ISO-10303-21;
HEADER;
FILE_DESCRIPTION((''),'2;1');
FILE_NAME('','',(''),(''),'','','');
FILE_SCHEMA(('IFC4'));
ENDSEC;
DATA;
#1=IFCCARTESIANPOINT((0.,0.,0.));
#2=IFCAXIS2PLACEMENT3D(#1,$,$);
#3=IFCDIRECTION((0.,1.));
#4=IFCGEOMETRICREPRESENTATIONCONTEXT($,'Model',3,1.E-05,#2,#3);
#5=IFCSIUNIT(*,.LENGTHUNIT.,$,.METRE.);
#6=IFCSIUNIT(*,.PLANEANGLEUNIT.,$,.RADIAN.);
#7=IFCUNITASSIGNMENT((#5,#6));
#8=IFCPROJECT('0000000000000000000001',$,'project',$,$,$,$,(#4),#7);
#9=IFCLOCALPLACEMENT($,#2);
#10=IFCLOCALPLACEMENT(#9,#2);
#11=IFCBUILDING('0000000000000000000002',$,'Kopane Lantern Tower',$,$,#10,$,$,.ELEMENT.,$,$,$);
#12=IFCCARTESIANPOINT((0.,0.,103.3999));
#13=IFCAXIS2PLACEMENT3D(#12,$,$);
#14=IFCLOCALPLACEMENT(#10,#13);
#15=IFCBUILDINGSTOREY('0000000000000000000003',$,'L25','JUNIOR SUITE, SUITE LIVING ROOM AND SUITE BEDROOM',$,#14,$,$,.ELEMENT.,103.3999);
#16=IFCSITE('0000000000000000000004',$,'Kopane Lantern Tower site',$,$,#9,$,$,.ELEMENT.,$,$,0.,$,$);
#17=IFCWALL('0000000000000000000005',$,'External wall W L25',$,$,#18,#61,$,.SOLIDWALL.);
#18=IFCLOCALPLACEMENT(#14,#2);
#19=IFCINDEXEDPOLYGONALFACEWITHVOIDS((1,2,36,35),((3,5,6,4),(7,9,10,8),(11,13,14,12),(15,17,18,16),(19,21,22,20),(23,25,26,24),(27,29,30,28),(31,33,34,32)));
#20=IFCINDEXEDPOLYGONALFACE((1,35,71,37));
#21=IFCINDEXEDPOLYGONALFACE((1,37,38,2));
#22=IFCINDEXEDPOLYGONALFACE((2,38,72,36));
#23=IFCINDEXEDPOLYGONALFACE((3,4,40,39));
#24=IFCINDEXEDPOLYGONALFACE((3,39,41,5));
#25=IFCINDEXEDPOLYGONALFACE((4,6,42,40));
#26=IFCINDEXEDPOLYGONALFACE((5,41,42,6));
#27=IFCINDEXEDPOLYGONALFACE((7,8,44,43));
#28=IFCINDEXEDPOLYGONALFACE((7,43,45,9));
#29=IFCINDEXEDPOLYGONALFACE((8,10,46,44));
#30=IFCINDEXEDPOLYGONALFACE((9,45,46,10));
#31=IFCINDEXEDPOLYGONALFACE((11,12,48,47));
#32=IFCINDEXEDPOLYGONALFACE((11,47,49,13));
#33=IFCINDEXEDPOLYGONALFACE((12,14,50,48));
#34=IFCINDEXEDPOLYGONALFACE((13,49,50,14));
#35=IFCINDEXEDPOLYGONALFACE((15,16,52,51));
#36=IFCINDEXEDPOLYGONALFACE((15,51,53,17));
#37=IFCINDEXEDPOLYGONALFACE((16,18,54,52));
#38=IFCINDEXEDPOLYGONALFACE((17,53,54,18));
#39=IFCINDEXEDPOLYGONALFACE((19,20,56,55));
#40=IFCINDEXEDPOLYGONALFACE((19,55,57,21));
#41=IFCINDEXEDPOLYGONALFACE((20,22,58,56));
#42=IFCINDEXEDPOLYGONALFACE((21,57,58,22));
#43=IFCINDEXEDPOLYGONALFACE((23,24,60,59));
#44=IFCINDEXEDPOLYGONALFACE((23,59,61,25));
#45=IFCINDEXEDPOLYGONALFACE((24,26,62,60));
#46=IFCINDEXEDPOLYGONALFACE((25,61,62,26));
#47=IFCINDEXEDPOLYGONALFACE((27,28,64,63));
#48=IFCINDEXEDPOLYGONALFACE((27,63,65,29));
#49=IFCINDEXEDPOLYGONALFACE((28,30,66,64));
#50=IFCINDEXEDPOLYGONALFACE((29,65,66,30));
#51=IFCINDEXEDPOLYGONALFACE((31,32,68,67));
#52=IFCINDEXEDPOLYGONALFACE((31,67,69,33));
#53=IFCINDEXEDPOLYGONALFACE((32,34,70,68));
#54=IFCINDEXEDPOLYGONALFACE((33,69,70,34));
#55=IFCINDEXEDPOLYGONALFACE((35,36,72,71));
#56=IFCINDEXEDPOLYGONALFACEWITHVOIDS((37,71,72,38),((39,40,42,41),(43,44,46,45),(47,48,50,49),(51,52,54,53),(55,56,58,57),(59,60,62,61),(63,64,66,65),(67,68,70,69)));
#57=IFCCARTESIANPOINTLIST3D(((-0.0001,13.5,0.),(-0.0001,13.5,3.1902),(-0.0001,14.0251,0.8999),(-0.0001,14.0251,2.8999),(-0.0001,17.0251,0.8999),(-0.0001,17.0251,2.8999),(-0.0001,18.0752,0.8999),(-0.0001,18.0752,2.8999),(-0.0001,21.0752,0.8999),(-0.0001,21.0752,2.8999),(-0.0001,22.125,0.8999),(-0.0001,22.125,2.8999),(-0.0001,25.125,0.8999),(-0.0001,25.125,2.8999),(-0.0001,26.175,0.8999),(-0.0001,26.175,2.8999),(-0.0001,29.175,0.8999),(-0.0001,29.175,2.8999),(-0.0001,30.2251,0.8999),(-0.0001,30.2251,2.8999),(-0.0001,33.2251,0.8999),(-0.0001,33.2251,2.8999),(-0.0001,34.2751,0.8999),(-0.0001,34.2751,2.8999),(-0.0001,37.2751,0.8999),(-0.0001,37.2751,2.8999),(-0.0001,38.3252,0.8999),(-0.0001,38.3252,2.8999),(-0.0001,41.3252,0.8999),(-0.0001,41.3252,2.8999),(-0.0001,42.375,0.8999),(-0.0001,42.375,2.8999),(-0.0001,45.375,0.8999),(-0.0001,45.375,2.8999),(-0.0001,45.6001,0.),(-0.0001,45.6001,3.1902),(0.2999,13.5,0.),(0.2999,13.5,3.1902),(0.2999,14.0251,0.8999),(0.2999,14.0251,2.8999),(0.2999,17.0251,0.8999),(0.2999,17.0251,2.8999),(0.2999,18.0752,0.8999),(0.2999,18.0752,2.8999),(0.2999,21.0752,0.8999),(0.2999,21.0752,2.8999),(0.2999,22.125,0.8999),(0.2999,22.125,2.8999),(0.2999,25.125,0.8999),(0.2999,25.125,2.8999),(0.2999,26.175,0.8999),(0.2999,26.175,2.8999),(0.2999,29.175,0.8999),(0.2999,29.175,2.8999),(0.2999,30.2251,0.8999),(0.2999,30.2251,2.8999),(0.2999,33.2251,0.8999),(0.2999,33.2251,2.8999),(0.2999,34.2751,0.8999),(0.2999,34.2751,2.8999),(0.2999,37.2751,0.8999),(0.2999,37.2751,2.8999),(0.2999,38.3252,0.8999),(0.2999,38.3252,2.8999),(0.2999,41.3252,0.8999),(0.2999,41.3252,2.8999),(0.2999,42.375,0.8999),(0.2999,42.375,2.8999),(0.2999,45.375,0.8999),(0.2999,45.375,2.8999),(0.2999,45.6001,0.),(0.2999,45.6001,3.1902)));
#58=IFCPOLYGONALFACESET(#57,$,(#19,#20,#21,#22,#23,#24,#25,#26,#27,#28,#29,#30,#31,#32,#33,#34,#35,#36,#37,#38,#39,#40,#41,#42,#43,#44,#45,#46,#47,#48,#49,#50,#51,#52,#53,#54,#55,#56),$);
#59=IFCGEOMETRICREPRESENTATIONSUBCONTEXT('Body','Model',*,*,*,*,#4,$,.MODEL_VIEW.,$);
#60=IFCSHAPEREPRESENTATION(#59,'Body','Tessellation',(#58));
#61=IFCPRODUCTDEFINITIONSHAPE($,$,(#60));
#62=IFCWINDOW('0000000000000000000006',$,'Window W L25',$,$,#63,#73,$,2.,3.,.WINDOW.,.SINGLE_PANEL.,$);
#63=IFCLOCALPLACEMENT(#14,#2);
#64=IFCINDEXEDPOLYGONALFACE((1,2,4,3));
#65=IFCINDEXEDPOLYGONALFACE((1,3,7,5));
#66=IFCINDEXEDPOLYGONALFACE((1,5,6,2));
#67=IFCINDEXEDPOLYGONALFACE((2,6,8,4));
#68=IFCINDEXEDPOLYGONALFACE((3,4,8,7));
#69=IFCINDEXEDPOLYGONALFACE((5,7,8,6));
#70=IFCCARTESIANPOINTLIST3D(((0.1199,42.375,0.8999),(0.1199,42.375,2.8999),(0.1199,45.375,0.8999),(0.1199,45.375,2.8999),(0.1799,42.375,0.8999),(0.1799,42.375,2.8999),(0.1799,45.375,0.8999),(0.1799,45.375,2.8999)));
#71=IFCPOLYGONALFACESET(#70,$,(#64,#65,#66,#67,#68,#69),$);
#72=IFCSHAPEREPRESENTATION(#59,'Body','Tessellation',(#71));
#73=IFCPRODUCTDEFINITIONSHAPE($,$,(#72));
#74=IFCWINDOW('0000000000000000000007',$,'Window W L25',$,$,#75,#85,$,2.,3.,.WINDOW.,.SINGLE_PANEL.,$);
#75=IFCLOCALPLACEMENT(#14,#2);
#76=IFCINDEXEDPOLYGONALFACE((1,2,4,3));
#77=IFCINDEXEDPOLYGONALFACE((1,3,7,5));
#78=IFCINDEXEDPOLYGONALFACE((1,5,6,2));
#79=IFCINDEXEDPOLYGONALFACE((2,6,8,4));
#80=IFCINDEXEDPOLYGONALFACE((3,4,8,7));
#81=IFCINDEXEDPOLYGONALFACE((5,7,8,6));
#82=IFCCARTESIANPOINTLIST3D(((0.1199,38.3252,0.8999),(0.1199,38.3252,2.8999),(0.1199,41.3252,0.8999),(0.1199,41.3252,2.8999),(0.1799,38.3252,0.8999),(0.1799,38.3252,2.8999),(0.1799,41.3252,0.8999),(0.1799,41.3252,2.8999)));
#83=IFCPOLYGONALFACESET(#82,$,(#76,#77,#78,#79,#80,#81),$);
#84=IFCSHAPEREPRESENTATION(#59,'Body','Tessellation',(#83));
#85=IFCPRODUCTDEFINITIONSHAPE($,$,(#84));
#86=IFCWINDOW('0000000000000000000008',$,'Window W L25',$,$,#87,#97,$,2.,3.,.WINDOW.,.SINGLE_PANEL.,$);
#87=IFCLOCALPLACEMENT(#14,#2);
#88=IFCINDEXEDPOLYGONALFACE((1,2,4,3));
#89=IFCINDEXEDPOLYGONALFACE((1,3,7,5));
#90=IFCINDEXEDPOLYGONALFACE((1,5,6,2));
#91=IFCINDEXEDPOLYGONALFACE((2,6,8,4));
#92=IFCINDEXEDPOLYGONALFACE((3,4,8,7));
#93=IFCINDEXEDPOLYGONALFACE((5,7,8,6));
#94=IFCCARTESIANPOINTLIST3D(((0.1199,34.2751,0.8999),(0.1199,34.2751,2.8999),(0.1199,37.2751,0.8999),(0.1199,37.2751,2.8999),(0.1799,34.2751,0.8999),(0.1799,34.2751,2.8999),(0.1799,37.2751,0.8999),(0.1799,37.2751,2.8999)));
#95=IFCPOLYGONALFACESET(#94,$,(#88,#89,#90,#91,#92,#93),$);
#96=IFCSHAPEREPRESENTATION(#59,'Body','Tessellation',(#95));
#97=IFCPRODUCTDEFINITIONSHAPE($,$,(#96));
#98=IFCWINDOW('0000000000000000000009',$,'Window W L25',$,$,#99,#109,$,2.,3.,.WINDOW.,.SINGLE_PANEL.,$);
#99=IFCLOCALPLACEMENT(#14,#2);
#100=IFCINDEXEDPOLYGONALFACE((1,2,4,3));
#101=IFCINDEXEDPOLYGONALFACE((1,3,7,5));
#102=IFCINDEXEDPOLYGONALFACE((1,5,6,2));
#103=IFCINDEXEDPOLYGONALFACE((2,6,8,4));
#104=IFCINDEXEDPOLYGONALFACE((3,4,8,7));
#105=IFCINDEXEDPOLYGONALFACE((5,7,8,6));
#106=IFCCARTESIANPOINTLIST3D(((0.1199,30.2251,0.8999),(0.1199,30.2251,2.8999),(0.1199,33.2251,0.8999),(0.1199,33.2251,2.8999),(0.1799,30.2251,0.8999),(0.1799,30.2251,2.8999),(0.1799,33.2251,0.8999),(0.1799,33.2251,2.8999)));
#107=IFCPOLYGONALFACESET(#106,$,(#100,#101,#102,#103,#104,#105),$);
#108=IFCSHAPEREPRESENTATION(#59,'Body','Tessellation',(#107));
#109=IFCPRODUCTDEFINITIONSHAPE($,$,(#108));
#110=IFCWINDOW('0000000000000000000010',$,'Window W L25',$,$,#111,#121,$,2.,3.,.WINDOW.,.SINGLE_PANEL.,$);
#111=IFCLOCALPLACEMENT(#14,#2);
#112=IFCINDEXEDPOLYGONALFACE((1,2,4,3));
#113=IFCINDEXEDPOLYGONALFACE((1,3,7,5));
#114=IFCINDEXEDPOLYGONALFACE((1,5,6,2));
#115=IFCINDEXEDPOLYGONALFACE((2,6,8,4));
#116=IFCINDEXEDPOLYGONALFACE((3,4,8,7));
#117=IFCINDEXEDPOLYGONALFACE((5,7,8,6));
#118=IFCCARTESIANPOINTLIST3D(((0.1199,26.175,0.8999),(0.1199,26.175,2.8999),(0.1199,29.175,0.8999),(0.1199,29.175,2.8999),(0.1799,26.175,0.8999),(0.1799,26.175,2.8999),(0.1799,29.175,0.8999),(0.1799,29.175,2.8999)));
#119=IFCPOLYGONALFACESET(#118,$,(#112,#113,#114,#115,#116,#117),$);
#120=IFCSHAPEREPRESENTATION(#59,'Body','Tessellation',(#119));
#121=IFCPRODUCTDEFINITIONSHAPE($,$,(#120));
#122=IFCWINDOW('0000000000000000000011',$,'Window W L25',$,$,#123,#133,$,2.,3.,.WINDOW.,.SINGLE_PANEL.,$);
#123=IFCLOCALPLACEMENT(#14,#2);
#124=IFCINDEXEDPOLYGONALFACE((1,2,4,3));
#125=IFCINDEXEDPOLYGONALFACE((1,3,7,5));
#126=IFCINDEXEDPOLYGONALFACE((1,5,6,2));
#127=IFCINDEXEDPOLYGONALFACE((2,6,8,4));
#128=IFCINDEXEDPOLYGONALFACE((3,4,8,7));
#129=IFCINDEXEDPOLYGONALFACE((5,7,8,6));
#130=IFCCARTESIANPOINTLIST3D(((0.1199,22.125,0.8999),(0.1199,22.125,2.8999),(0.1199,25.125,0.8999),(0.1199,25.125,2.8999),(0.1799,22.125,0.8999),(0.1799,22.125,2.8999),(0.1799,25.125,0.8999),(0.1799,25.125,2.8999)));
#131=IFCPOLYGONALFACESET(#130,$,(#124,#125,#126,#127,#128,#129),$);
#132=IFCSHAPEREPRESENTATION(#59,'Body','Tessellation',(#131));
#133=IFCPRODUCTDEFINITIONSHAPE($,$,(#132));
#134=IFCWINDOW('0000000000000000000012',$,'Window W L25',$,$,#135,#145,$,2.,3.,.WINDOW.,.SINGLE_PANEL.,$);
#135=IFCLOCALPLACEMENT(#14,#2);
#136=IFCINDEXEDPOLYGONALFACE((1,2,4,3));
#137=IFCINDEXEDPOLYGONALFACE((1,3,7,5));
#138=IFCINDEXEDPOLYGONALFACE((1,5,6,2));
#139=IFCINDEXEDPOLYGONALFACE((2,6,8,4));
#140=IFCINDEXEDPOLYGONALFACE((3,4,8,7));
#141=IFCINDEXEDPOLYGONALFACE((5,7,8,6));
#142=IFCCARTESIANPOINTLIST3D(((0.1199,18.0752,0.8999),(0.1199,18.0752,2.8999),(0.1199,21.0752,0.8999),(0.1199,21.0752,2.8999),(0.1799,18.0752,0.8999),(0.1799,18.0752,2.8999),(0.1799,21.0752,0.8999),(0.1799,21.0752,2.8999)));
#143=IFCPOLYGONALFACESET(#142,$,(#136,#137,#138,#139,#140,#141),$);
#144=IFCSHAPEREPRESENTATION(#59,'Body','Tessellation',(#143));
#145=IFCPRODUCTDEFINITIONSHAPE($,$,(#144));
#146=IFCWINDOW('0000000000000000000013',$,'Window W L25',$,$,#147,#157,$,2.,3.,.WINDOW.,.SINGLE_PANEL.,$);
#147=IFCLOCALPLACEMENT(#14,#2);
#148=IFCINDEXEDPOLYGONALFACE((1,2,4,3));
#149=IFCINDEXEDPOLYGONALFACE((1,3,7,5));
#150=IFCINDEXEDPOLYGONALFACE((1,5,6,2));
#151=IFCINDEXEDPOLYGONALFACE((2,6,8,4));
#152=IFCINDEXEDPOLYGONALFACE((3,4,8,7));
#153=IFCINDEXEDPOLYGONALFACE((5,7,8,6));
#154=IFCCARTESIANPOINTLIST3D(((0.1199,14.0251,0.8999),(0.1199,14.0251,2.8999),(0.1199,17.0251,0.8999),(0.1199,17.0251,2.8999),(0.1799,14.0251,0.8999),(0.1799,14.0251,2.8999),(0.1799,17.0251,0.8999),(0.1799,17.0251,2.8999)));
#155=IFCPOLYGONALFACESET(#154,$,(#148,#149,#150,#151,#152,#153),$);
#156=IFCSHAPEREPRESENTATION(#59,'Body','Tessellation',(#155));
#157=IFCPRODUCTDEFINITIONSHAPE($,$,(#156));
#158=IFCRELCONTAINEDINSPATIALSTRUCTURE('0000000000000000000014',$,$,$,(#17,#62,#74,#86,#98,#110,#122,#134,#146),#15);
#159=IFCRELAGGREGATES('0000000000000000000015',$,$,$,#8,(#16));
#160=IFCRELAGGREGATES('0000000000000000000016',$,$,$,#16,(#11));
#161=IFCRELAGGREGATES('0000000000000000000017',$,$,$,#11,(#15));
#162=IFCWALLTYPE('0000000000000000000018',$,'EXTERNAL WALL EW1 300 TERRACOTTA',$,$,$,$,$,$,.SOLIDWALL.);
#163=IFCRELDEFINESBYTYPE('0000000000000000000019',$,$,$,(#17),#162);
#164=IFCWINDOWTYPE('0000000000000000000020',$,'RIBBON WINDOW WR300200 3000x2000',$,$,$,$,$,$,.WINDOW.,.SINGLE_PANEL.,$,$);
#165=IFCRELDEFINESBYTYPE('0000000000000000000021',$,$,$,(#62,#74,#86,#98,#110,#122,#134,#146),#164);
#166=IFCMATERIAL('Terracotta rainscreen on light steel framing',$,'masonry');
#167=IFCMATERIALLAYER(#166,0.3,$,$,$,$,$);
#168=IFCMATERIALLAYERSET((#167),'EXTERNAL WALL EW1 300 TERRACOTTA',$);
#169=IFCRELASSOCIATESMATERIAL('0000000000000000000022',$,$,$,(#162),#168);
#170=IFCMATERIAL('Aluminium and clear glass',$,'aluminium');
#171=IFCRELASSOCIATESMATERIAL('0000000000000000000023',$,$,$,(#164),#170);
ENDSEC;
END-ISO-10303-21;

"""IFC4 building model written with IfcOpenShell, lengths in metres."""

from ifc_helpers import new_model, si_unit, direction, frame, frame_2d, origin, place, context, subcontext, project, spatial, rectangle, extrude, material, layer, layer_set, type_object, element, fill, save


model = new_model("IFC4")

# Units and contexts
model_context = context("Model", 3, precision=1e-05, world=origin(), true_north=direction((0.0, 1.0)))
body_context = subcontext(model_context, "Body", "Model", "MODEL_VIEW")
ifc_project = project(units=[si_unit("LENGTHUNIT", "METRE"), si_unit("PLANEANGLEUNIT", "RADIAN")], contexts=[model_context])

# Site, building, storey
site_placement = place(None, origin())
site = spatial("IfcSite", under=ifc_project, at=site_placement, Name="Kopane Lantern Tower site", CompositionType="ELEMENT", RefElevation=0.0)
building_placement = place(site_placement, origin())
building = spatial("IfcBuilding", under=site, at=building_placement, Name="Kopane Lantern Tower", CompositionType="ELEMENT")
storey_placement = place(building_placement, frame((0.0, 0.0, 103.3999)))
storey = spatial("IfcBuildingStorey", under=building, at=storey_placement, Name="L25", Description="JUNIOR SUITE, SUITE LIVING ROOM AND SUITE BEDROOM", CompositionType="ELEMENT", Elevation=103.3999)

# Shared definitions
ifc_material_1 = material(Name="Terracotta rainscreen on light steel framing", Category="masonry")
ifc_layer_1 = layer(ifc_material_1, 0.3)
ifc_layer_set_1 = layer_set([ifc_layer_1], Name="EXTERNAL WALL EW1 300 TERRACOTTA")
wall_type_1 = type_object("IfcWallType", Name="EXTERNAL WALL EW1 300 TERRACOTTA", PredefinedType="SOLIDWALL", material=ifc_layer_set_1)

# Wall, openings, windows
wall_1_placement = place(storey_placement, frame((0.1499, 45.6001, 0.0), z_axis=(0.0, 0.0, 1.0), x_axis=(0.0, -1.0, 0.0)))
wall_1 = element("IfcWall", 1, at=wall_1_placement, inside=storey, type_object=wall_type_1, Name="External wall W L25", PredefinedType="SOLIDWALL", context=body_context, shape_type="SweptSolid", body=[
    extrude(rectangle(XDim=32.1001, YDim=0.3, at=frame_2d((16.05, 0.0))), origin(), (0.0, 0.0, 1.0), 3.1902),
])
opening_1_placement = place(wall_1_placement, frame((0.2251, 0.0, 0.8999)))
opening_1 = element("IfcOpeningElement", 2, at=opening_1_placement, cuts=wall_1, PredefinedType="OPENING", context=body_context, shape_type="SweptSolid", body=[
    extrude(rectangle(XDim=3.0, YDim=2.0, at=frame_2d((1.5, 1.0))), frame((0.0, 0.1599, 0.0), z_axis=(0.0, -1.0, 0.0), x_axis=(1.0, 0.0, 0.0)), (0.0, 0.0, 1.0), 0.3201),
])
opening_2_placement = place(wall_1_placement, frame((4.2749, 0.0, 0.8999)))
opening_2 = element("IfcOpeningElement", 3, at=opening_2_placement, cuts=wall_1, PredefinedType="OPENING", context=body_context, shape_type="SweptSolid", body=[
    extrude(rectangle(XDim=3.0, YDim=2.0, at=frame_2d((1.5, 1.0))), frame((0.0, 0.1599, 0.0), z_axis=(0.0, -1.0, 0.0), x_axis=(1.0, 0.0, 0.0)), (0.0, 0.0, 1.0), 0.3201),
])
opening_3_placement = place(wall_1_placement, frame((8.325, 0.0, 0.8999)))
opening_3 = element("IfcOpeningElement", 4, at=opening_3_placement, cuts=wall_1, PredefinedType="OPENING", context=body_context, shape_type="SweptSolid", body=[
    extrude(rectangle(XDim=3.0, YDim=2.0, at=frame_2d((1.5, 1.0))), frame((0.0, 0.1599, 0.0), z_axis=(0.0, -1.0, 0.0), x_axis=(1.0, 0.0, 0.0)), (0.0, 0.0, 1.0), 0.3201),
])
opening_4_placement = place(wall_1_placement, frame((12.375, 0.0, 0.8999)))
opening_4 = element("IfcOpeningElement", 5, at=opening_4_placement, cuts=wall_1, PredefinedType="OPENING", context=body_context, shape_type="SweptSolid", body=[
    extrude(rectangle(XDim=3.0, YDim=2.0, at=frame_2d((1.5, 1.0))), frame((0.0, 0.1599, 0.0), z_axis=(0.0, -1.0, 0.0), x_axis=(1.0, 0.0, 0.0)), (0.0, 0.0, 1.0), 0.3201),
])
opening_5_placement = place(wall_1_placement, frame((16.425, 0.0, 0.8999)))
opening_5 = element("IfcOpeningElement", 6, at=opening_5_placement, cuts=wall_1, PredefinedType="OPENING", context=body_context, shape_type="SweptSolid", body=[
    extrude(rectangle(XDim=3.0, YDim=2.0, at=frame_2d((1.5, 1.0))), frame((0.0, 0.1599, 0.0), z_axis=(0.0, -1.0, 0.0), x_axis=(1.0, 0.0, 0.0)), (0.0, 0.0, 1.0), 0.3201),
])
opening_6_placement = place(wall_1_placement, frame((20.4751, 0.0, 0.8999)))
opening_6 = element("IfcOpeningElement", 7, at=opening_6_placement, cuts=wall_1, PredefinedType="OPENING", context=body_context, shape_type="SweptSolid", body=[
    extrude(rectangle(XDim=3.0, YDim=2.0, at=frame_2d((1.5, 1.0))), frame((0.0, 0.1599, 0.0), z_axis=(0.0, -1.0, 0.0), x_axis=(1.0, 0.0, 0.0)), (0.0, 0.0, 1.0), 0.3201),
])
opening_7_placement = place(wall_1_placement, frame((24.5249, 0.0, 0.8999)))
opening_7 = element("IfcOpeningElement", 8, at=opening_7_placement, cuts=wall_1, PredefinedType="OPENING", context=body_context, shape_type="SweptSolid", body=[
    extrude(rectangle(XDim=3.0, YDim=2.0, at=frame_2d((1.5, 1.0))), frame((0.0, 0.1599, 0.0), z_axis=(0.0, -1.0, 0.0), x_axis=(1.0, 0.0, 0.0)), (0.0, 0.0, 1.0), 0.3201),
])
opening_8_placement = place(wall_1_placement, frame((28.575, 0.0, 0.8999)))
opening_8 = element("IfcOpeningElement", 9, at=opening_8_placement, cuts=wall_1, PredefinedType="OPENING", context=body_context, shape_type="SweptSolid", body=[
    extrude(rectangle(XDim=3.0, YDim=2.0, at=frame_2d((1.5, 1.0))), frame((0.0, 0.1599, 0.0), z_axis=(0.0, -1.0, 0.0), x_axis=(1.0, 0.0, 0.0)), (0.0, 0.0, 1.0), 0.3201),
])
ifc_material_2 = material(Name="Aluminium and clear glass", Category="aluminium")
window_type_1 = type_object("IfcWindowType", Name="RIBBON WINDOW WR300200 3000x2000", PartitioningType="SINGLE_PANEL", PredefinedType="WINDOW", material=ifc_material_2)
window_1_placement = place(opening_1_placement, origin())
window_1 = element("IfcWindow", 10, at=window_1_placement, inside=storey, type_object=window_type_1, Name="Window W L25", OverallHeight=2.0, OverallWidth=3.0, PartitioningType="SINGLE_PANEL", PredefinedType="WINDOW", context=body_context, shape_type="SweptSolid", body=[
    extrude(rectangle(XDim=3.0, YDim=2.0, at=frame_2d((1.5, 1.0))), frame((0.0, 0.03, 0.0), z_axis=(0.0, -1.0, 0.0), x_axis=(1.0, 0.0, 0.0)), (0.0, 0.0, 1.0), 0.0601),
])
fill(opening_1, window_1)
window_2_placement = place(opening_2_placement, origin())
window_2 = element("IfcWindow", 11, at=window_2_placement, inside=storey, type_object=window_type_1, Name="Window W L25", OverallHeight=2.0, OverallWidth=3.0, PartitioningType="SINGLE_PANEL", PredefinedType="WINDOW", context=body_context, shape_type="SweptSolid", body=[
    extrude(rectangle(XDim=3.0, YDim=2.0, at=frame_2d((1.5, 1.0))), frame((0.0, 0.03, 0.0), z_axis=(0.0, -1.0, 0.0), x_axis=(1.0, 0.0, 0.0)), (0.0, 0.0, 1.0), 0.0601),
])
fill(opening_2, window_2)
window_3_placement = place(opening_3_placement, origin())
window_3 = element("IfcWindow", 12, at=window_3_placement, inside=storey, type_object=window_type_1, Name="Window W L25", OverallHeight=2.0, OverallWidth=3.0, PartitioningType="SINGLE_PANEL", PredefinedType="WINDOW", context=body_context, shape_type="SweptSolid", body=[
    extrude(rectangle(XDim=3.0, YDim=2.0, at=frame_2d((1.5, 1.0))), frame((0.0, 0.03, 0.0), z_axis=(0.0, -1.0, 0.0), x_axis=(1.0, 0.0, 0.0)), (0.0, 0.0, 1.0), 0.0601),
])
fill(opening_3, window_3)
window_4_placement = place(opening_4_placement, origin())
window_4 = element("IfcWindow", 13, at=window_4_placement, inside=storey, type_object=window_type_1, Name="Window W L25", OverallHeight=2.0, OverallWidth=3.0, PartitioningType="SINGLE_PANEL", PredefinedType="WINDOW", context=body_context, shape_type="SweptSolid", body=[
    extrude(rectangle(XDim=3.0, YDim=2.0, at=frame_2d((1.5, 1.0))), frame((0.0, 0.03, 0.0), z_axis=(0.0, -1.0, 0.0), x_axis=(1.0, 0.0, 0.0)), (0.0, 0.0, 1.0), 0.0601),
])
fill(opening_4, window_4)
window_5_placement = place(opening_5_placement, origin())
window_5 = element("IfcWindow", 14, at=window_5_placement, inside=storey, type_object=window_type_1, Name="Window W L25", OverallHeight=2.0, OverallWidth=3.0, PartitioningType="SINGLE_PANEL", PredefinedType="WINDOW", context=body_context, shape_type="SweptSolid", body=[
    extrude(rectangle(XDim=3.0, YDim=2.0, at=frame_2d((1.5, 1.0))), frame((0.0, 0.03, 0.0), z_axis=(0.0, -1.0, 0.0), x_axis=(1.0, 0.0, 0.0)), (0.0, 0.0, 1.0), 0.0601),
])
fill(opening_5, window_5)
window_6_placement = place(opening_6_placement, origin())
window_6 = element("IfcWindow", 15, at=window_6_placement, inside=storey, type_object=window_type_1, Name="Window W L25", OverallHeight=2.0, OverallWidth=3.0, PartitioningType="SINGLE_PANEL", PredefinedType="WINDOW", context=body_context, shape_type="SweptSolid", body=[
    extrude(rectangle(XDim=3.0, YDim=2.0, at=frame_2d((1.5, 1.0))), frame((0.0, 0.03, 0.0), z_axis=(0.0, -1.0, 0.0), x_axis=(1.0, 0.0, 0.0)), (0.0, 0.0, 1.0), 0.0601),
])
fill(opening_6, window_6)
window_7_placement = place(opening_7_placement, origin())
window_7 = element("IfcWindow", 16, at=window_7_placement, inside=storey, type_object=window_type_1, Name="Window W L25", OverallHeight=2.0, OverallWidth=3.0, PartitioningType="SINGLE_PANEL", PredefinedType="WINDOW", context=body_context, shape_type="SweptSolid", body=[
    extrude(rectangle(XDim=3.0, YDim=2.0, at=frame_2d((1.5, 1.0))), frame((0.0, 0.03, 0.0), z_axis=(0.0, -1.0, 0.0), x_axis=(1.0, 0.0, 0.0)), (0.0, 0.0, 1.0), 0.0601),
])
fill(opening_7, window_7)
window_8_placement = place(opening_8_placement, origin())
window_8 = element("IfcWindow", 17, at=window_8_placement, inside=storey, type_object=window_type_1, Name="Window W L25", OverallHeight=2.0, OverallWidth=3.0, PartitioningType="SINGLE_PANEL", PredefinedType="WINDOW", context=body_context, shape_type="SweptSolid", body=[
    extrude(rectangle(XDim=3.0, YDim=2.0, at=frame_2d((1.5, 1.0))), frame((0.0, 0.03, 0.0), z_axis=(0.0, -1.0, 0.0), x_axis=(1.0, 0.0, 0.0)), (0.0, 0.0, 1.0), 0.0601),
])
fill(opening_8, window_8)

save(model, "model.ifc")
